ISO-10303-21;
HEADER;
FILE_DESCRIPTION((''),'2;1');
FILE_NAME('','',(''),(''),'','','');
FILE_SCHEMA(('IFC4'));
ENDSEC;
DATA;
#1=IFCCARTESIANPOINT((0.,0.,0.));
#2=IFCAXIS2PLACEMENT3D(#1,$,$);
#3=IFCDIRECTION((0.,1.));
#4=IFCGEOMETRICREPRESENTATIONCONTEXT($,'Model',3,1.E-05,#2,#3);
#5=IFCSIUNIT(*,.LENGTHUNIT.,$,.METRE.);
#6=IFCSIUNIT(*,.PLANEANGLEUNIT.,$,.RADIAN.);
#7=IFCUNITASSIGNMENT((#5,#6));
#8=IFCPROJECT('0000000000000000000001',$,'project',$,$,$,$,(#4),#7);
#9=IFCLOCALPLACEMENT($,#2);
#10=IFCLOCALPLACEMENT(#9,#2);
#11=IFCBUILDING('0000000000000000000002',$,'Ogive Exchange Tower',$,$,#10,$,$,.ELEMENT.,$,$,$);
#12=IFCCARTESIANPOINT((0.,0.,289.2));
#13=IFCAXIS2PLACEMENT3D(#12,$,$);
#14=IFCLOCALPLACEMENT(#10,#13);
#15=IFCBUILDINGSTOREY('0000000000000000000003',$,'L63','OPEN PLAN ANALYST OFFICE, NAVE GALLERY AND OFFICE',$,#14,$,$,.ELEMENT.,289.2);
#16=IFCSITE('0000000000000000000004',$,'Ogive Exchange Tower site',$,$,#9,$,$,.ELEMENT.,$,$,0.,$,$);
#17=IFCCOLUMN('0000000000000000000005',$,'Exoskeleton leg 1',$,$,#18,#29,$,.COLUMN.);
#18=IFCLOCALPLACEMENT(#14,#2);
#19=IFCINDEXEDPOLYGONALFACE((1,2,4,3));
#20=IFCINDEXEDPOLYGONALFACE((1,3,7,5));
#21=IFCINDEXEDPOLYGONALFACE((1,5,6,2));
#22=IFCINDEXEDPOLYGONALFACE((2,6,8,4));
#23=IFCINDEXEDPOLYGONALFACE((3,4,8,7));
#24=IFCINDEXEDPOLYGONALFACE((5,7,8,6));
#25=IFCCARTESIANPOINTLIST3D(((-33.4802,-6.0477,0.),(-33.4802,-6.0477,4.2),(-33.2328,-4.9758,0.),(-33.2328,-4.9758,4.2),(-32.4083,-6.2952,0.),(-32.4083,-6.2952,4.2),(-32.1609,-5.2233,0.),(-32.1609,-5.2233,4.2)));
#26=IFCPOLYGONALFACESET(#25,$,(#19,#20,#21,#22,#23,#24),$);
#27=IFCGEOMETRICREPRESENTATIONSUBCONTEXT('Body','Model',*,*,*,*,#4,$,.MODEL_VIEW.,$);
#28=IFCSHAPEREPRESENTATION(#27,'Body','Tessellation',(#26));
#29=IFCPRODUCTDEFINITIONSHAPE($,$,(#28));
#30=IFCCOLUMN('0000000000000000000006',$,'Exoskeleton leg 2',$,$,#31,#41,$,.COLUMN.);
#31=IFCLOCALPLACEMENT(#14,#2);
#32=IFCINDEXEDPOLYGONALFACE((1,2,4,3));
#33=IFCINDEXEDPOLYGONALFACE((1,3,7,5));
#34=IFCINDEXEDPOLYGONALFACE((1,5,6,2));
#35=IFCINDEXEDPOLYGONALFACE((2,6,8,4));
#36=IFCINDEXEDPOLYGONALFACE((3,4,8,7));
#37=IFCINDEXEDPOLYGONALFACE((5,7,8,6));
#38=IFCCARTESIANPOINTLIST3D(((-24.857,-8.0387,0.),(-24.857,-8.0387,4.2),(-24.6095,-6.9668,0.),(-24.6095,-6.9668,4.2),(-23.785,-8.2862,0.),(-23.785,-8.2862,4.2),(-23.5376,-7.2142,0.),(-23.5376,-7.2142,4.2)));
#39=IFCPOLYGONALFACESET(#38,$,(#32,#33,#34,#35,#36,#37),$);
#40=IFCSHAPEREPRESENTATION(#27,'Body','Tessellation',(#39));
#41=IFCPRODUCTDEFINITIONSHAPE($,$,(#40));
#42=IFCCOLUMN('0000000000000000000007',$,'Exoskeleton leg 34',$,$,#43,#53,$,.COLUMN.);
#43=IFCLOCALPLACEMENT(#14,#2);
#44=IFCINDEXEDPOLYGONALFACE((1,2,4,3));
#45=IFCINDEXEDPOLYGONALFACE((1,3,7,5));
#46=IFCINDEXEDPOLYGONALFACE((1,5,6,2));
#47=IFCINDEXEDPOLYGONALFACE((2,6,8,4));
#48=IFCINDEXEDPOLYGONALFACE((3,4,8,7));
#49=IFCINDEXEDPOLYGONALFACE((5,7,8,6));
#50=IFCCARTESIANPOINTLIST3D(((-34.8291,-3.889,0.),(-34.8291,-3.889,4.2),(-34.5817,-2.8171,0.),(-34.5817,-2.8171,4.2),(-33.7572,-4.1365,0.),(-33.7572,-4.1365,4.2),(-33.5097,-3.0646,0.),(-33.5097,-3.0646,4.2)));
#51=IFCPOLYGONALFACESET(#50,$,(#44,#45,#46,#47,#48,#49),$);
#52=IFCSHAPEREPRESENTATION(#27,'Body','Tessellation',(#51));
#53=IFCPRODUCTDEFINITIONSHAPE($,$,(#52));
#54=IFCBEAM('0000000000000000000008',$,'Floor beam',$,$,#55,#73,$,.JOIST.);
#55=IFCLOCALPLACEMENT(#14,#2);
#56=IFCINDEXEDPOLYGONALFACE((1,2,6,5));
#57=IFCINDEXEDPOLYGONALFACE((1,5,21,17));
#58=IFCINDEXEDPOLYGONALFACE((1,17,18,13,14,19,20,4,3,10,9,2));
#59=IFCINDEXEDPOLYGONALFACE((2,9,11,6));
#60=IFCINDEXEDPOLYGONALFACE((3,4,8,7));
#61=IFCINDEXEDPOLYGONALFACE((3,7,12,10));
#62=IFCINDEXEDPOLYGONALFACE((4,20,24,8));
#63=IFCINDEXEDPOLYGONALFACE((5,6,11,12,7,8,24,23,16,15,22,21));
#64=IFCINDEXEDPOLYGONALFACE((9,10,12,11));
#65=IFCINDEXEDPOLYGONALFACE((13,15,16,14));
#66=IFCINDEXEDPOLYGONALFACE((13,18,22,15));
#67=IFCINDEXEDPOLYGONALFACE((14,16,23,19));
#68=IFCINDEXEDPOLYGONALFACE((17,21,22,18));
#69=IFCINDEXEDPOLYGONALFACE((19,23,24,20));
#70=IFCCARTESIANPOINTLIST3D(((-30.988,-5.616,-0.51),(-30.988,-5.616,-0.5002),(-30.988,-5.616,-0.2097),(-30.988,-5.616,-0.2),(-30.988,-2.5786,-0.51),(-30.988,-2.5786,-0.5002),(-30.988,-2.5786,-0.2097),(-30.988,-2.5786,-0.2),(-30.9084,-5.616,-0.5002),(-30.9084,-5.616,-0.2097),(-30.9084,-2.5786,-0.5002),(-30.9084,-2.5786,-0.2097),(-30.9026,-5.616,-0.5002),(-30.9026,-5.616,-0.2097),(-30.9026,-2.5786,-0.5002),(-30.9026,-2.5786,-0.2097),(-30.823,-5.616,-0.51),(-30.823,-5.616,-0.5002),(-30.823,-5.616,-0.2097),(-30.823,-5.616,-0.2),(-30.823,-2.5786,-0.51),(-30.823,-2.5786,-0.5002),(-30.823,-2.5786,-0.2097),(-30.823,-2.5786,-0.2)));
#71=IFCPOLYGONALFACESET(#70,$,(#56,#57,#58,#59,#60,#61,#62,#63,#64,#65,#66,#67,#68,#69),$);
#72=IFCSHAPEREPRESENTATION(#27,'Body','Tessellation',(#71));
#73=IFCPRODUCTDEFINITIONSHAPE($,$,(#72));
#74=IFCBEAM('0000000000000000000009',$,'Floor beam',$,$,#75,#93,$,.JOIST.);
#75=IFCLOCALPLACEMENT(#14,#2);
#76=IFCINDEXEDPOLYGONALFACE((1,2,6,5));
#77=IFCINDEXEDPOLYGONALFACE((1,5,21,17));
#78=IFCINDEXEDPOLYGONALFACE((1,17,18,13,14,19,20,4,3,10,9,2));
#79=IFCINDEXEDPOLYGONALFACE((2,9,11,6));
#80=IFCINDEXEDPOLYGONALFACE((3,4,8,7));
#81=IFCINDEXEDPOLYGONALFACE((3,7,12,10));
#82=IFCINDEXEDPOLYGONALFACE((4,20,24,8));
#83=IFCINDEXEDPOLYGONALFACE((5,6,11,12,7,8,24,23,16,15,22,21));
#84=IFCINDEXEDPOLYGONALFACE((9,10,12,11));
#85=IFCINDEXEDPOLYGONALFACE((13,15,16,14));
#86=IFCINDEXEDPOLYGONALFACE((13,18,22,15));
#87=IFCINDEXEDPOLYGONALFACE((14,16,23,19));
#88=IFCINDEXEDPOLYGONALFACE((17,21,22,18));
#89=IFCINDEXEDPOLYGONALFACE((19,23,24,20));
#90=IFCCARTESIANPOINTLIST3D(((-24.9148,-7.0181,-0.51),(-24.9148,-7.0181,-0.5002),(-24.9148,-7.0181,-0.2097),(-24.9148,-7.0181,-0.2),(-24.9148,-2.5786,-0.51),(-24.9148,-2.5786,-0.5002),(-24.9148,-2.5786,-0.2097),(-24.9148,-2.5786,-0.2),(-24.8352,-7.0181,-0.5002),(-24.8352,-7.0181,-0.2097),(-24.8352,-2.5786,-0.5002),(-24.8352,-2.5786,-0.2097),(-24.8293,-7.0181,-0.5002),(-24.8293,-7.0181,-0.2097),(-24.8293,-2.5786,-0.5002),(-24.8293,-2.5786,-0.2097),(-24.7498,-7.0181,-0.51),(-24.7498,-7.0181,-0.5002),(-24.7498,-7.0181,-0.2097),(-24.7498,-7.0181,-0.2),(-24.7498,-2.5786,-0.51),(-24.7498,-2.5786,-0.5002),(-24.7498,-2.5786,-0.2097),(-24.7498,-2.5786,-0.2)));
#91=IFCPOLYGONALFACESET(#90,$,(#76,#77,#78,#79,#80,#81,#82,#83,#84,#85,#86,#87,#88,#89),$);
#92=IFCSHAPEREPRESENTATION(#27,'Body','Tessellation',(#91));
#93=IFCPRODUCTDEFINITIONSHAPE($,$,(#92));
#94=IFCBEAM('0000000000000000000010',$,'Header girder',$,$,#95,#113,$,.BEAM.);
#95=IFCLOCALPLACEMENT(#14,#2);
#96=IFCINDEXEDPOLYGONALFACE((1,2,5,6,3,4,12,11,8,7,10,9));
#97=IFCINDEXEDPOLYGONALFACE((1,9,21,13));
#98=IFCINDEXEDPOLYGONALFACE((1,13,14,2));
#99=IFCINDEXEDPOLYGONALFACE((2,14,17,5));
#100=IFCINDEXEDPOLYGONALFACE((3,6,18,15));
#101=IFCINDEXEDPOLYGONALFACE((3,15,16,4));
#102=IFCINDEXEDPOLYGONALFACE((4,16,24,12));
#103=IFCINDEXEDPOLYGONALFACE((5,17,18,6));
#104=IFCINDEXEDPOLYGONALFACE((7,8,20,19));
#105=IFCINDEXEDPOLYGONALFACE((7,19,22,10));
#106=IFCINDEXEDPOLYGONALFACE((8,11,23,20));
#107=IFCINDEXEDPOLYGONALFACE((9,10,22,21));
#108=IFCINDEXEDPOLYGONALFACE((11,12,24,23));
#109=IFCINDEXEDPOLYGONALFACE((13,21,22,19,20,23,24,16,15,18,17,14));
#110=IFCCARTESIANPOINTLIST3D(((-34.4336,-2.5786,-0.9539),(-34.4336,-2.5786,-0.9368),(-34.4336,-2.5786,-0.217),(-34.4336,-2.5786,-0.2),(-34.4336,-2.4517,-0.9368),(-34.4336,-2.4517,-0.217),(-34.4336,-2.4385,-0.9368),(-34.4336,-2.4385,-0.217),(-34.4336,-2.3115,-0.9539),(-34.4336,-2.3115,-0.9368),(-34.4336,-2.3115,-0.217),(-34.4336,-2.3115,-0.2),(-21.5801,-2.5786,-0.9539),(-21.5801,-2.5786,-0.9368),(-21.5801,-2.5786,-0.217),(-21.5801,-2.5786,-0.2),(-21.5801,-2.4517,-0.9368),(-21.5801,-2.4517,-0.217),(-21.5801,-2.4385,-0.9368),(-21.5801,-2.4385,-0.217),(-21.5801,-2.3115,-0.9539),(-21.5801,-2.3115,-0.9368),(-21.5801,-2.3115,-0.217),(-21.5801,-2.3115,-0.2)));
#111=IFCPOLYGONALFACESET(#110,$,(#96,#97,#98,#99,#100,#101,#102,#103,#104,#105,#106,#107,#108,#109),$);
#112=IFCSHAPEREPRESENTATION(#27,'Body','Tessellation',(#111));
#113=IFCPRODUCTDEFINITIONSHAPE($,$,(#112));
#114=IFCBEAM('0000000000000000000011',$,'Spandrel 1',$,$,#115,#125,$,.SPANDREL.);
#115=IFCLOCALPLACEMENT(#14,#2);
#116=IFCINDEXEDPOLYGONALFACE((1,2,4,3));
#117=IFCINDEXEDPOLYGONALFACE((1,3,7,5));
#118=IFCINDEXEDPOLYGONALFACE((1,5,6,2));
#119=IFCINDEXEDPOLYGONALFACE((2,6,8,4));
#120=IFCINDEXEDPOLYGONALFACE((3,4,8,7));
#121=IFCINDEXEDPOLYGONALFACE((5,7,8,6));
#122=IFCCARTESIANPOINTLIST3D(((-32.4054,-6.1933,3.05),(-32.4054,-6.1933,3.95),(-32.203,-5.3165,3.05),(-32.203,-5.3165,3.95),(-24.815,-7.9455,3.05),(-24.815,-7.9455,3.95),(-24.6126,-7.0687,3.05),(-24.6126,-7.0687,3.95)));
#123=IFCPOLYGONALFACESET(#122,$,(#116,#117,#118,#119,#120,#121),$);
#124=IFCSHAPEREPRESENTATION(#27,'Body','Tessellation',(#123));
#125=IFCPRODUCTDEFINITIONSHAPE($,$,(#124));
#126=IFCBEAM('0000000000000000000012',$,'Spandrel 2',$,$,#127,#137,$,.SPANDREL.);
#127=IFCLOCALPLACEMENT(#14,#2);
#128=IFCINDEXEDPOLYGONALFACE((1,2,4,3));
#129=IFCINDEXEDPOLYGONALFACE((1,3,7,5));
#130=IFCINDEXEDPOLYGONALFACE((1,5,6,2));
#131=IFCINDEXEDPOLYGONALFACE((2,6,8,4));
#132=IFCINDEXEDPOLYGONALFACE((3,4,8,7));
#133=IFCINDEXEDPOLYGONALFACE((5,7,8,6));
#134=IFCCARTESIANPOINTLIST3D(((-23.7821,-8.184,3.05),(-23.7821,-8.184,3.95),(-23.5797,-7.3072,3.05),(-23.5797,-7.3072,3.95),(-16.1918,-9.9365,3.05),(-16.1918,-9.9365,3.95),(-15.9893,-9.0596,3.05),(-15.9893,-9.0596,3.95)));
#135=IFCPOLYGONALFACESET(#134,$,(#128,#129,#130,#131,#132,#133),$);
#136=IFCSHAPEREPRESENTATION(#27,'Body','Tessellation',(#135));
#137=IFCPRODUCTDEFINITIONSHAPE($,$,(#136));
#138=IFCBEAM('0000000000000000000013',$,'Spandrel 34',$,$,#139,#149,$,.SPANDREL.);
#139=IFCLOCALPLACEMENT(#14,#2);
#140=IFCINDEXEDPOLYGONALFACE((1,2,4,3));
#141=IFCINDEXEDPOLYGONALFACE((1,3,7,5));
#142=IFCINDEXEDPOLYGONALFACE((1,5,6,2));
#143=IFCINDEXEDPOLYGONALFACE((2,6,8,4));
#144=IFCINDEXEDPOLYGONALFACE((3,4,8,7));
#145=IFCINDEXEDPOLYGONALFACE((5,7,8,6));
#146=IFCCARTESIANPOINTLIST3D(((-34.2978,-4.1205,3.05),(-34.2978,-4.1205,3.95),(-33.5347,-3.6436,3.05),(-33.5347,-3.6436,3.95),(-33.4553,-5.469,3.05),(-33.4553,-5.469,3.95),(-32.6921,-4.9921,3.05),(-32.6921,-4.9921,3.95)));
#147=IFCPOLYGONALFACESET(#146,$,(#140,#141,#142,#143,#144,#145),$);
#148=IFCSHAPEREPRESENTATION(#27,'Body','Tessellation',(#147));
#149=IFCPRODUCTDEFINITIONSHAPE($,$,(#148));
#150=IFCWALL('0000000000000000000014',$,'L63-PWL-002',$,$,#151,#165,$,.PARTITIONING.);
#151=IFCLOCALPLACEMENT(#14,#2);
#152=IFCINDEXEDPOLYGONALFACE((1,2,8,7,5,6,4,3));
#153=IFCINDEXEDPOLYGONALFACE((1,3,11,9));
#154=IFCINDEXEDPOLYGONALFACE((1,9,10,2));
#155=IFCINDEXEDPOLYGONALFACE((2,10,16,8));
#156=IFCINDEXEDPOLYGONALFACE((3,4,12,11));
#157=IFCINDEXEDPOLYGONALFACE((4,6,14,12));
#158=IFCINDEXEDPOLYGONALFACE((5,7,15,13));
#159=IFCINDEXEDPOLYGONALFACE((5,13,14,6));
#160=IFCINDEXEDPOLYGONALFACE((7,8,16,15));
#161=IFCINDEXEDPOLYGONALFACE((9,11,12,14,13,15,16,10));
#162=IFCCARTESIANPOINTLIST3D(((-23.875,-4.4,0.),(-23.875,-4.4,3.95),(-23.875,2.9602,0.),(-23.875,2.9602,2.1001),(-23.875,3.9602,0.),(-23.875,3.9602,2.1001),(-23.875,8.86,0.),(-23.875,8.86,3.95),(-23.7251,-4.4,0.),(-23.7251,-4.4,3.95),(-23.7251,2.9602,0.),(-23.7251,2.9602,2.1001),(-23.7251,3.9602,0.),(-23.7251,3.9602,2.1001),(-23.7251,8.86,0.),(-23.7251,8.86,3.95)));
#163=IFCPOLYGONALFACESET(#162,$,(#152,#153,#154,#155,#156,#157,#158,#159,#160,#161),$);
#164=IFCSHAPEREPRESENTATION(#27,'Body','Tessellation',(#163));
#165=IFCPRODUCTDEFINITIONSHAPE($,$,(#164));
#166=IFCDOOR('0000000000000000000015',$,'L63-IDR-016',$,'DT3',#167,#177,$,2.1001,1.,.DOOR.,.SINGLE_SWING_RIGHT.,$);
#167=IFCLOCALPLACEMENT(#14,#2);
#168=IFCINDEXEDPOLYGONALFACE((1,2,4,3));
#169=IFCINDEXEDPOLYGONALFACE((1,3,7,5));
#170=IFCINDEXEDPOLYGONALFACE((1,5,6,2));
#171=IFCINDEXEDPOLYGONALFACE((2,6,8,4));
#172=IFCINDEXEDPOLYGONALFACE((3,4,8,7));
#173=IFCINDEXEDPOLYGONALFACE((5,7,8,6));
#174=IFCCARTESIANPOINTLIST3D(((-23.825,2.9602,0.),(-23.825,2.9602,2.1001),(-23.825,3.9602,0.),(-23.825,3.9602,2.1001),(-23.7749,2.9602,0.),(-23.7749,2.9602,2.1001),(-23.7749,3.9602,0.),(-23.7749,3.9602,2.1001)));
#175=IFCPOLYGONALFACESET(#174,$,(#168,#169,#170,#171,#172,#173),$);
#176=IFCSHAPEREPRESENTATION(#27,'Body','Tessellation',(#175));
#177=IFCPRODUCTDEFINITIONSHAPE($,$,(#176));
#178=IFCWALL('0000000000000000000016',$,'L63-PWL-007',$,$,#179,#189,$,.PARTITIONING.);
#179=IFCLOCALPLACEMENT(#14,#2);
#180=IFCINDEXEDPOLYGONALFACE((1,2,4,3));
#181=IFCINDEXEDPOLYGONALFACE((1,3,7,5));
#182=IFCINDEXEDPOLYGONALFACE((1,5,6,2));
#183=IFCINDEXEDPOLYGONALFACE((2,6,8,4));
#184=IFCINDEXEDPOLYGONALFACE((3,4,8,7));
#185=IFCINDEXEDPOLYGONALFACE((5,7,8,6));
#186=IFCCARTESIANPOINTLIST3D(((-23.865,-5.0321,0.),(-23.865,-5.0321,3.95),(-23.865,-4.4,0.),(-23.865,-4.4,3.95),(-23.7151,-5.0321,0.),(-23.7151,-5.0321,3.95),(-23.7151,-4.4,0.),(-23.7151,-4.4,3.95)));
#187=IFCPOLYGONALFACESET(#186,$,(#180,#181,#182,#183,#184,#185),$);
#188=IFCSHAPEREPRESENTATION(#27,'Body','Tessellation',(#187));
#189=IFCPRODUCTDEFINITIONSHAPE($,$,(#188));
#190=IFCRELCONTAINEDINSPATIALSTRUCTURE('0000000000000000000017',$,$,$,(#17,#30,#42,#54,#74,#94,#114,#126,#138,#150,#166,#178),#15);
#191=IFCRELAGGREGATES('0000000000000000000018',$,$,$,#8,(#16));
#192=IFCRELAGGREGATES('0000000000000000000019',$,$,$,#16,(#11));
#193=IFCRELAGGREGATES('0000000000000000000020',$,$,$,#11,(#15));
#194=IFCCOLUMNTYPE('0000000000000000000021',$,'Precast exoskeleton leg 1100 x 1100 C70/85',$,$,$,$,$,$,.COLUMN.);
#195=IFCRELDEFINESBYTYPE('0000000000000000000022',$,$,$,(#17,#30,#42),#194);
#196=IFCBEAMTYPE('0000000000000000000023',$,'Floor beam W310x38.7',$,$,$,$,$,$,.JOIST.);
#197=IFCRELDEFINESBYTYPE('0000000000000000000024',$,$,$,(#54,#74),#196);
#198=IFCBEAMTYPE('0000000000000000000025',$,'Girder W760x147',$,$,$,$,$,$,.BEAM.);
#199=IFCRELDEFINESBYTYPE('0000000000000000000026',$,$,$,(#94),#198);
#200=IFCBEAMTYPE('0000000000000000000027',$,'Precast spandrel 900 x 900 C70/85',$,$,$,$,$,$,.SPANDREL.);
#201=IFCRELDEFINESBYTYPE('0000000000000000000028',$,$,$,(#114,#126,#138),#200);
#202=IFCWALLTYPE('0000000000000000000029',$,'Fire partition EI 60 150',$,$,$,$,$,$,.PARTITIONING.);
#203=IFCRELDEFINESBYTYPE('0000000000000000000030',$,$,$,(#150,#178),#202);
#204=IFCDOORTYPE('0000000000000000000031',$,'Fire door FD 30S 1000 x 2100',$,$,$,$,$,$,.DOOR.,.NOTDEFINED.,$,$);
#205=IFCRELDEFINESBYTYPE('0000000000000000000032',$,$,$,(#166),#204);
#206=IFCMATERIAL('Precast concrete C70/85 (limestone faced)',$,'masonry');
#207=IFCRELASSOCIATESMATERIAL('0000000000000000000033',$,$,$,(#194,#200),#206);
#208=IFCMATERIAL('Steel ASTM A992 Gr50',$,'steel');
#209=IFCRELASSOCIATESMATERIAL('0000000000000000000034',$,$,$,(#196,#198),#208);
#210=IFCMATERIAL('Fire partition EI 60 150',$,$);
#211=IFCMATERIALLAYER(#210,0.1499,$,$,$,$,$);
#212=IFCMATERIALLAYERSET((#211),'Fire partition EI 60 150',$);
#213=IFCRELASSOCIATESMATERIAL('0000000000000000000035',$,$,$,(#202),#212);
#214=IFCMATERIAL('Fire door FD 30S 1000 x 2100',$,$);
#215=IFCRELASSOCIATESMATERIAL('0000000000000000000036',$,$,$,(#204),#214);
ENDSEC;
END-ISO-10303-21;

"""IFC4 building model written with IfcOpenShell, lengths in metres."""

from ifc_helpers import new_model, si_unit, direction, frame, frame_2d, origin, origin_2d, place, context, subcontext, project, spatial, rectangle, i_section, extrude, material, layer, layer_set, material_profile, profile_set, type_object, element, fill, save


model = new_model("IFC4")

# Units and contexts
model_context = context("Model", 3, precision=1e-05, world=origin(), true_north=direction((0.0, 1.0)))
body_context = subcontext(model_context, "Body", "Model", "MODEL_VIEW")
ifc_project = project(units=[si_unit("LENGTHUNIT", "METRE"), si_unit("PLANEANGLEUNIT", "RADIAN")], contexts=[model_context])

# Site, building, storey
site_placement = place(None, origin())
site = spatial("IfcSite", under=ifc_project, at=site_placement, Name="Ogive Exchange Tower site", CompositionType="ELEMENT", RefElevation=0.0)
building_placement = place(site_placement, origin())
building = spatial("IfcBuilding", under=site, at=building_placement, Name="Ogive Exchange Tower", CompositionType="ELEMENT")
storey_placement = place(building_placement, frame((0.0, 0.0, 289.2)))
storey = spatial("IfcBuildingStorey", under=building, at=storey_placement, Name="L63", Description="OPEN PLAN ANALYST OFFICE, NAVE GALLERY AND OFFICE", CompositionType="ELEMENT", Elevation=289.2)

# Columns
ifc_material_1 = material(Name="Precast concrete C70/85 (limestone faced)", Category="masonry")
ifc_material_profile_1 = material_profile(ifc_material_1, rectangle(XDim=1.1001, YDim=1.1001, at=origin_2d()), Name="1100 x 1100")
ifc_profile_set_1 = profile_set([ifc_material_profile_1], Name="Precast concrete C70/85 (limestone faced)")
column_type = type_object("IfcColumnType", Name="Precast exoskeleton leg 1100 x 1100 C70/85", PredefinedType="COLUMN", material=ifc_profile_set_1)
for number, where, z_axis, x_axis, name in (
    (1, (-32.8206, -5.6355, 0.0), (0.0, 0.0, 1.0), (0.97437, -0.224951, 0.0), "Exoskeleton leg 1"),
    (2, (-24.1973, -7.6265, 0.0), (0.0, 0.0, 1.0), (0.97437, -0.224951, 0.0), "Exoskeleton leg 2"),
    (3, (-34.1694, -3.4768, 0.0), (0.0, 0.0, 1.0), (0.97437, -0.224951, 0.0), "Exoskeleton leg 34"),
):
    element("IfcColumn", number, at=place(storey_placement, frame(where, z_axis=z_axis, x_axis=x_axis)), inside=storey, type_object=column_type, Name=name, PredefinedType="COLUMN", context=body_context, shape_type="SweptSolid", body=[
        extrude(rectangle(XDim=1.1001, YDim=1.1001, at=origin_2d()), origin(), (0.0, 0.0, 1.0), 4.2),
    ])

# Beams
ifc_material_2 = material(Name="Steel ASTM A992 Gr50", Category="steel")
ifc_material_profile_2 = material_profile(ifc_material_2, i_section(OverallWidth=0.165, OverallDepth=0.3101, WebThickness=0.0059, FlangeThickness=0.0098, at=origin_2d()), Name="W310x38.7")
ifc_profile_set_2 = profile_set([ifc_material_profile_2], Name="Steel ASTM A992 Gr50")
beam_type_1 = type_object("IfcBeamType", Name="Floor beam W310x38.7", PredefinedType="JOIST", material=ifc_profile_set_2)
beam_1_placement = place(storey_placement, frame((-30.9055, -5.616, -0.355), z_axis=(0.0, 1.0, 0.0), x_axis=(-1.0, 0.0, 0.0)))
element("IfcBeam", 4, at=beam_1_placement, inside=storey, type_object=beam_type_1, Name="Floor beam", PredefinedType="JOIST", context=body_context, shape_type="SweptSolid", body=[
    extrude(i_section(OverallWidth=0.165, OverallDepth=0.3101, WebThickness=0.0059, FlangeThickness=0.0098, at=origin_2d()), origin(), (0.0, 0.0, 1.0), 3.0374),
])
beam_2_placement = place(storey_placement, frame((-24.8323, -7.0181, -0.355), z_axis=(0.0, 1.0, 0.0), x_axis=(-1.0, 0.0, 0.0)))
element("IfcBeam", 5, at=beam_2_placement, inside=storey, type_object=beam_type_1, Name="Floor beam", PredefinedType="JOIST", context=body_context, shape_type="SweptSolid", body=[
    extrude(i_section(OverallWidth=0.165, OverallDepth=0.3101, WebThickness=0.0059, FlangeThickness=0.0098, at=origin_2d()), origin(), (0.0, 0.0, 1.0), 4.4395),
])
ifc_material_profile_3 = material_profile(ifc_material_2, i_section(OverallWidth=0.2671, OverallDepth=0.7539, WebThickness=0.0132, FlangeThickness=0.0171, at=origin_2d()), Name="W760x147")
ifc_profile_set_3 = profile_set([ifc_material_profile_3], Name="Steel ASTM A992 Gr50")
beam_type_2 = type_object("IfcBeamType", Name="Girder W760x147", PredefinedType="BEAM", material=ifc_profile_set_3)
beam_3_placement = place(storey_placement, frame((-34.4336, -2.4451, -0.5769), z_axis=(1.0, 0.0, 0.0), x_axis=(0.0, 1.0, 0.0)))
element("IfcBeam", 6, at=beam_3_placement, inside=storey, type_object=beam_type_2, Name="Header girder", PredefinedType="BEAM", context=body_context, shape_type="SweptSolid", body=[
    extrude(i_section(OverallWidth=0.2671, OverallDepth=0.7539, WebThickness=0.0132, FlangeThickness=0.0171, at=origin_2d()), origin(), (0.0, 0.0, 1.0), 12.8535),
])
ifc_material_profile_4 = material_profile(ifc_material_1, rectangle(XDim=0.8999, YDim=0.8999, at=origin_2d()), Name="900 x 900")
ifc_profile_set_4 = profile_set([ifc_material_profile_4], Name="Precast concrete C70/85 (limestone faced)")
beam_type_3 = type_object("IfcBeamType", Name="Precast spandrel 900 x 900 C70/85", PredefinedType="SPANDREL", material=ifc_profile_set_4)
for number, where, z_axis, x_axis, name in (
    (7, (-32.3042, -5.7549, 3.5), (0.974375, -0.22493, 0.0), (0.22493, 0.974375, 0.0), "Spandrel 1"),
    (8, (-23.6809, -7.7456, 3.5), (0.974368, -0.22496, 0.0), (0.22496, 0.974368, 0.0), "Spandrel 2"),
):
    element("IfcBeam", number, at=place(storey_placement, frame(where, z_axis=z_axis, x_axis=x_axis)), inside=storey, type_object=beam_type_3, Name=name, PredefinedType="SPANDREL", context=body_context, shape_type="SweptSolid", body=[
        extrude(rectangle(XDim=0.8999, YDim=0.8999, at=origin_2d()), origin(), (0.0, 0.0, 1.0), 7.79),
    ])
beam_4_placement = place(storey_placement, frame((-33.9163, -3.8821, 3.5), z_axis=(0.529902, -0.848059, 0.0), x_axis=(0.848059, 0.529902, 0.0)))
element("IfcBeam", 9, at=beam_4_placement, inside=storey, type_object=beam_type_3, Name="Spandrel 34", PredefinedType="SPANDREL", context=body_context, shape_type="SweptSolid", body=[
    extrude(rectangle(XDim=0.8999, YDim=0.8999, at=origin_2d()), origin(), (0.0, 0.0, 1.0), 1.5901),
])

# Wall, opening, door
ifc_material_3 = material(Name="Fire partition EI 60 150")
ifc_layer_1 = layer(ifc_material_3, 0.1499)
ifc_layer_set_1 = layer_set([ifc_layer_1], Name="Fire partition EI 60 150")
wall_type_1 = type_object("IfcWallType", Name="Fire partition EI 60 150", PredefinedType="PARTITIONING", material=ifc_layer_set_1)
wall_1_placement = place(storey_placement, frame((-23.8, -4.3999, 0.0), z_axis=(0.0, 0.0, 1.0), x_axis=(0.0, 1.0, 0.0)))
wall_1 = element("IfcWall", 10, at=wall_1_placement, inside=storey, type_object=wall_type_1, Name="L63-PWL-002", PredefinedType="PARTITIONING", context=body_context, shape_type="SweptSolid", body=[
    extrude(rectangle(XDim=13.26, YDim=0.1499, at=frame_2d((6.6299, 0.0))), origin(), (0.0, 0.0, 1.0), 3.95),
])
opening_1_placement = place(wall_1_placement, frame((7.3601, 0.0, 0.0)))
opening_1 = element("IfcOpeningElement", 11, at=opening_1_placement, cuts=wall_1, PredefinedType="OPENING", context=body_context, shape_type="SweptSolid", body=[
    extrude(rectangle(XDim=1.0, YDim=2.1001, at=frame_2d((0.5, 1.05))), frame((0.0, 0.085, 0.0), z_axis=(0.0, -1.0, 0.0), x_axis=(1.0, 0.0, 0.0)), (0.0, 0.0, 1.0), 0.1699),
])
ifc_material_4 = material(Name="Fire door FD 30S 1000 x 2100")
door_type_1 = type_object("IfcDoorType", Name="Fire door FD 30S 1000 x 2100", OperationType="NOTDEFINED", PredefinedType="DOOR", material=ifc_material_4)
door_1_placement = place(opening_1_placement, origin())
door_1 = element("IfcDoor", 12, at=door_1_placement, inside=storey, type_object=door_type_1, Name="L63-IDR-016", ObjectType="DT3", OperationType="SINGLE_SWING_RIGHT", OverallHeight=2.1001, OverallWidth=1.0, PredefinedType="DOOR", context=body_context, shape_type="SweptSolid", body=[
    extrude(rectangle(XDim=1.0, YDim=2.1001, at=frame_2d((0.5, 1.05))), frame((0.0, 0.0249, 0.0), z_axis=(0.0, -1.0, 0.0), x_axis=(1.0, 0.0, 0.0)), (0.0, 0.0, 1.0), 0.05),
])
fill(opening_1, door_1)

# Wall
wall_2_placement = place(storey_placement, frame((-23.79, -5.032, 0.0), z_axis=(0.0, 0.0, 1.0), x_axis=(0.0, 1.0, 0.0)))
element("IfcWall", 13, at=wall_2_placement, inside=storey, type_object=wall_type_1, Name="L63-PWL-007", PredefinedType="PARTITIONING", context=body_context, shape_type="SweptSolid", body=[
    extrude(rectangle(XDim=0.6321, YDim=0.1499, at=frame_2d((0.3159, 0.0))), origin(), (0.0, 0.0, 1.0), 3.95),
])

save(model, "model.ifc")
